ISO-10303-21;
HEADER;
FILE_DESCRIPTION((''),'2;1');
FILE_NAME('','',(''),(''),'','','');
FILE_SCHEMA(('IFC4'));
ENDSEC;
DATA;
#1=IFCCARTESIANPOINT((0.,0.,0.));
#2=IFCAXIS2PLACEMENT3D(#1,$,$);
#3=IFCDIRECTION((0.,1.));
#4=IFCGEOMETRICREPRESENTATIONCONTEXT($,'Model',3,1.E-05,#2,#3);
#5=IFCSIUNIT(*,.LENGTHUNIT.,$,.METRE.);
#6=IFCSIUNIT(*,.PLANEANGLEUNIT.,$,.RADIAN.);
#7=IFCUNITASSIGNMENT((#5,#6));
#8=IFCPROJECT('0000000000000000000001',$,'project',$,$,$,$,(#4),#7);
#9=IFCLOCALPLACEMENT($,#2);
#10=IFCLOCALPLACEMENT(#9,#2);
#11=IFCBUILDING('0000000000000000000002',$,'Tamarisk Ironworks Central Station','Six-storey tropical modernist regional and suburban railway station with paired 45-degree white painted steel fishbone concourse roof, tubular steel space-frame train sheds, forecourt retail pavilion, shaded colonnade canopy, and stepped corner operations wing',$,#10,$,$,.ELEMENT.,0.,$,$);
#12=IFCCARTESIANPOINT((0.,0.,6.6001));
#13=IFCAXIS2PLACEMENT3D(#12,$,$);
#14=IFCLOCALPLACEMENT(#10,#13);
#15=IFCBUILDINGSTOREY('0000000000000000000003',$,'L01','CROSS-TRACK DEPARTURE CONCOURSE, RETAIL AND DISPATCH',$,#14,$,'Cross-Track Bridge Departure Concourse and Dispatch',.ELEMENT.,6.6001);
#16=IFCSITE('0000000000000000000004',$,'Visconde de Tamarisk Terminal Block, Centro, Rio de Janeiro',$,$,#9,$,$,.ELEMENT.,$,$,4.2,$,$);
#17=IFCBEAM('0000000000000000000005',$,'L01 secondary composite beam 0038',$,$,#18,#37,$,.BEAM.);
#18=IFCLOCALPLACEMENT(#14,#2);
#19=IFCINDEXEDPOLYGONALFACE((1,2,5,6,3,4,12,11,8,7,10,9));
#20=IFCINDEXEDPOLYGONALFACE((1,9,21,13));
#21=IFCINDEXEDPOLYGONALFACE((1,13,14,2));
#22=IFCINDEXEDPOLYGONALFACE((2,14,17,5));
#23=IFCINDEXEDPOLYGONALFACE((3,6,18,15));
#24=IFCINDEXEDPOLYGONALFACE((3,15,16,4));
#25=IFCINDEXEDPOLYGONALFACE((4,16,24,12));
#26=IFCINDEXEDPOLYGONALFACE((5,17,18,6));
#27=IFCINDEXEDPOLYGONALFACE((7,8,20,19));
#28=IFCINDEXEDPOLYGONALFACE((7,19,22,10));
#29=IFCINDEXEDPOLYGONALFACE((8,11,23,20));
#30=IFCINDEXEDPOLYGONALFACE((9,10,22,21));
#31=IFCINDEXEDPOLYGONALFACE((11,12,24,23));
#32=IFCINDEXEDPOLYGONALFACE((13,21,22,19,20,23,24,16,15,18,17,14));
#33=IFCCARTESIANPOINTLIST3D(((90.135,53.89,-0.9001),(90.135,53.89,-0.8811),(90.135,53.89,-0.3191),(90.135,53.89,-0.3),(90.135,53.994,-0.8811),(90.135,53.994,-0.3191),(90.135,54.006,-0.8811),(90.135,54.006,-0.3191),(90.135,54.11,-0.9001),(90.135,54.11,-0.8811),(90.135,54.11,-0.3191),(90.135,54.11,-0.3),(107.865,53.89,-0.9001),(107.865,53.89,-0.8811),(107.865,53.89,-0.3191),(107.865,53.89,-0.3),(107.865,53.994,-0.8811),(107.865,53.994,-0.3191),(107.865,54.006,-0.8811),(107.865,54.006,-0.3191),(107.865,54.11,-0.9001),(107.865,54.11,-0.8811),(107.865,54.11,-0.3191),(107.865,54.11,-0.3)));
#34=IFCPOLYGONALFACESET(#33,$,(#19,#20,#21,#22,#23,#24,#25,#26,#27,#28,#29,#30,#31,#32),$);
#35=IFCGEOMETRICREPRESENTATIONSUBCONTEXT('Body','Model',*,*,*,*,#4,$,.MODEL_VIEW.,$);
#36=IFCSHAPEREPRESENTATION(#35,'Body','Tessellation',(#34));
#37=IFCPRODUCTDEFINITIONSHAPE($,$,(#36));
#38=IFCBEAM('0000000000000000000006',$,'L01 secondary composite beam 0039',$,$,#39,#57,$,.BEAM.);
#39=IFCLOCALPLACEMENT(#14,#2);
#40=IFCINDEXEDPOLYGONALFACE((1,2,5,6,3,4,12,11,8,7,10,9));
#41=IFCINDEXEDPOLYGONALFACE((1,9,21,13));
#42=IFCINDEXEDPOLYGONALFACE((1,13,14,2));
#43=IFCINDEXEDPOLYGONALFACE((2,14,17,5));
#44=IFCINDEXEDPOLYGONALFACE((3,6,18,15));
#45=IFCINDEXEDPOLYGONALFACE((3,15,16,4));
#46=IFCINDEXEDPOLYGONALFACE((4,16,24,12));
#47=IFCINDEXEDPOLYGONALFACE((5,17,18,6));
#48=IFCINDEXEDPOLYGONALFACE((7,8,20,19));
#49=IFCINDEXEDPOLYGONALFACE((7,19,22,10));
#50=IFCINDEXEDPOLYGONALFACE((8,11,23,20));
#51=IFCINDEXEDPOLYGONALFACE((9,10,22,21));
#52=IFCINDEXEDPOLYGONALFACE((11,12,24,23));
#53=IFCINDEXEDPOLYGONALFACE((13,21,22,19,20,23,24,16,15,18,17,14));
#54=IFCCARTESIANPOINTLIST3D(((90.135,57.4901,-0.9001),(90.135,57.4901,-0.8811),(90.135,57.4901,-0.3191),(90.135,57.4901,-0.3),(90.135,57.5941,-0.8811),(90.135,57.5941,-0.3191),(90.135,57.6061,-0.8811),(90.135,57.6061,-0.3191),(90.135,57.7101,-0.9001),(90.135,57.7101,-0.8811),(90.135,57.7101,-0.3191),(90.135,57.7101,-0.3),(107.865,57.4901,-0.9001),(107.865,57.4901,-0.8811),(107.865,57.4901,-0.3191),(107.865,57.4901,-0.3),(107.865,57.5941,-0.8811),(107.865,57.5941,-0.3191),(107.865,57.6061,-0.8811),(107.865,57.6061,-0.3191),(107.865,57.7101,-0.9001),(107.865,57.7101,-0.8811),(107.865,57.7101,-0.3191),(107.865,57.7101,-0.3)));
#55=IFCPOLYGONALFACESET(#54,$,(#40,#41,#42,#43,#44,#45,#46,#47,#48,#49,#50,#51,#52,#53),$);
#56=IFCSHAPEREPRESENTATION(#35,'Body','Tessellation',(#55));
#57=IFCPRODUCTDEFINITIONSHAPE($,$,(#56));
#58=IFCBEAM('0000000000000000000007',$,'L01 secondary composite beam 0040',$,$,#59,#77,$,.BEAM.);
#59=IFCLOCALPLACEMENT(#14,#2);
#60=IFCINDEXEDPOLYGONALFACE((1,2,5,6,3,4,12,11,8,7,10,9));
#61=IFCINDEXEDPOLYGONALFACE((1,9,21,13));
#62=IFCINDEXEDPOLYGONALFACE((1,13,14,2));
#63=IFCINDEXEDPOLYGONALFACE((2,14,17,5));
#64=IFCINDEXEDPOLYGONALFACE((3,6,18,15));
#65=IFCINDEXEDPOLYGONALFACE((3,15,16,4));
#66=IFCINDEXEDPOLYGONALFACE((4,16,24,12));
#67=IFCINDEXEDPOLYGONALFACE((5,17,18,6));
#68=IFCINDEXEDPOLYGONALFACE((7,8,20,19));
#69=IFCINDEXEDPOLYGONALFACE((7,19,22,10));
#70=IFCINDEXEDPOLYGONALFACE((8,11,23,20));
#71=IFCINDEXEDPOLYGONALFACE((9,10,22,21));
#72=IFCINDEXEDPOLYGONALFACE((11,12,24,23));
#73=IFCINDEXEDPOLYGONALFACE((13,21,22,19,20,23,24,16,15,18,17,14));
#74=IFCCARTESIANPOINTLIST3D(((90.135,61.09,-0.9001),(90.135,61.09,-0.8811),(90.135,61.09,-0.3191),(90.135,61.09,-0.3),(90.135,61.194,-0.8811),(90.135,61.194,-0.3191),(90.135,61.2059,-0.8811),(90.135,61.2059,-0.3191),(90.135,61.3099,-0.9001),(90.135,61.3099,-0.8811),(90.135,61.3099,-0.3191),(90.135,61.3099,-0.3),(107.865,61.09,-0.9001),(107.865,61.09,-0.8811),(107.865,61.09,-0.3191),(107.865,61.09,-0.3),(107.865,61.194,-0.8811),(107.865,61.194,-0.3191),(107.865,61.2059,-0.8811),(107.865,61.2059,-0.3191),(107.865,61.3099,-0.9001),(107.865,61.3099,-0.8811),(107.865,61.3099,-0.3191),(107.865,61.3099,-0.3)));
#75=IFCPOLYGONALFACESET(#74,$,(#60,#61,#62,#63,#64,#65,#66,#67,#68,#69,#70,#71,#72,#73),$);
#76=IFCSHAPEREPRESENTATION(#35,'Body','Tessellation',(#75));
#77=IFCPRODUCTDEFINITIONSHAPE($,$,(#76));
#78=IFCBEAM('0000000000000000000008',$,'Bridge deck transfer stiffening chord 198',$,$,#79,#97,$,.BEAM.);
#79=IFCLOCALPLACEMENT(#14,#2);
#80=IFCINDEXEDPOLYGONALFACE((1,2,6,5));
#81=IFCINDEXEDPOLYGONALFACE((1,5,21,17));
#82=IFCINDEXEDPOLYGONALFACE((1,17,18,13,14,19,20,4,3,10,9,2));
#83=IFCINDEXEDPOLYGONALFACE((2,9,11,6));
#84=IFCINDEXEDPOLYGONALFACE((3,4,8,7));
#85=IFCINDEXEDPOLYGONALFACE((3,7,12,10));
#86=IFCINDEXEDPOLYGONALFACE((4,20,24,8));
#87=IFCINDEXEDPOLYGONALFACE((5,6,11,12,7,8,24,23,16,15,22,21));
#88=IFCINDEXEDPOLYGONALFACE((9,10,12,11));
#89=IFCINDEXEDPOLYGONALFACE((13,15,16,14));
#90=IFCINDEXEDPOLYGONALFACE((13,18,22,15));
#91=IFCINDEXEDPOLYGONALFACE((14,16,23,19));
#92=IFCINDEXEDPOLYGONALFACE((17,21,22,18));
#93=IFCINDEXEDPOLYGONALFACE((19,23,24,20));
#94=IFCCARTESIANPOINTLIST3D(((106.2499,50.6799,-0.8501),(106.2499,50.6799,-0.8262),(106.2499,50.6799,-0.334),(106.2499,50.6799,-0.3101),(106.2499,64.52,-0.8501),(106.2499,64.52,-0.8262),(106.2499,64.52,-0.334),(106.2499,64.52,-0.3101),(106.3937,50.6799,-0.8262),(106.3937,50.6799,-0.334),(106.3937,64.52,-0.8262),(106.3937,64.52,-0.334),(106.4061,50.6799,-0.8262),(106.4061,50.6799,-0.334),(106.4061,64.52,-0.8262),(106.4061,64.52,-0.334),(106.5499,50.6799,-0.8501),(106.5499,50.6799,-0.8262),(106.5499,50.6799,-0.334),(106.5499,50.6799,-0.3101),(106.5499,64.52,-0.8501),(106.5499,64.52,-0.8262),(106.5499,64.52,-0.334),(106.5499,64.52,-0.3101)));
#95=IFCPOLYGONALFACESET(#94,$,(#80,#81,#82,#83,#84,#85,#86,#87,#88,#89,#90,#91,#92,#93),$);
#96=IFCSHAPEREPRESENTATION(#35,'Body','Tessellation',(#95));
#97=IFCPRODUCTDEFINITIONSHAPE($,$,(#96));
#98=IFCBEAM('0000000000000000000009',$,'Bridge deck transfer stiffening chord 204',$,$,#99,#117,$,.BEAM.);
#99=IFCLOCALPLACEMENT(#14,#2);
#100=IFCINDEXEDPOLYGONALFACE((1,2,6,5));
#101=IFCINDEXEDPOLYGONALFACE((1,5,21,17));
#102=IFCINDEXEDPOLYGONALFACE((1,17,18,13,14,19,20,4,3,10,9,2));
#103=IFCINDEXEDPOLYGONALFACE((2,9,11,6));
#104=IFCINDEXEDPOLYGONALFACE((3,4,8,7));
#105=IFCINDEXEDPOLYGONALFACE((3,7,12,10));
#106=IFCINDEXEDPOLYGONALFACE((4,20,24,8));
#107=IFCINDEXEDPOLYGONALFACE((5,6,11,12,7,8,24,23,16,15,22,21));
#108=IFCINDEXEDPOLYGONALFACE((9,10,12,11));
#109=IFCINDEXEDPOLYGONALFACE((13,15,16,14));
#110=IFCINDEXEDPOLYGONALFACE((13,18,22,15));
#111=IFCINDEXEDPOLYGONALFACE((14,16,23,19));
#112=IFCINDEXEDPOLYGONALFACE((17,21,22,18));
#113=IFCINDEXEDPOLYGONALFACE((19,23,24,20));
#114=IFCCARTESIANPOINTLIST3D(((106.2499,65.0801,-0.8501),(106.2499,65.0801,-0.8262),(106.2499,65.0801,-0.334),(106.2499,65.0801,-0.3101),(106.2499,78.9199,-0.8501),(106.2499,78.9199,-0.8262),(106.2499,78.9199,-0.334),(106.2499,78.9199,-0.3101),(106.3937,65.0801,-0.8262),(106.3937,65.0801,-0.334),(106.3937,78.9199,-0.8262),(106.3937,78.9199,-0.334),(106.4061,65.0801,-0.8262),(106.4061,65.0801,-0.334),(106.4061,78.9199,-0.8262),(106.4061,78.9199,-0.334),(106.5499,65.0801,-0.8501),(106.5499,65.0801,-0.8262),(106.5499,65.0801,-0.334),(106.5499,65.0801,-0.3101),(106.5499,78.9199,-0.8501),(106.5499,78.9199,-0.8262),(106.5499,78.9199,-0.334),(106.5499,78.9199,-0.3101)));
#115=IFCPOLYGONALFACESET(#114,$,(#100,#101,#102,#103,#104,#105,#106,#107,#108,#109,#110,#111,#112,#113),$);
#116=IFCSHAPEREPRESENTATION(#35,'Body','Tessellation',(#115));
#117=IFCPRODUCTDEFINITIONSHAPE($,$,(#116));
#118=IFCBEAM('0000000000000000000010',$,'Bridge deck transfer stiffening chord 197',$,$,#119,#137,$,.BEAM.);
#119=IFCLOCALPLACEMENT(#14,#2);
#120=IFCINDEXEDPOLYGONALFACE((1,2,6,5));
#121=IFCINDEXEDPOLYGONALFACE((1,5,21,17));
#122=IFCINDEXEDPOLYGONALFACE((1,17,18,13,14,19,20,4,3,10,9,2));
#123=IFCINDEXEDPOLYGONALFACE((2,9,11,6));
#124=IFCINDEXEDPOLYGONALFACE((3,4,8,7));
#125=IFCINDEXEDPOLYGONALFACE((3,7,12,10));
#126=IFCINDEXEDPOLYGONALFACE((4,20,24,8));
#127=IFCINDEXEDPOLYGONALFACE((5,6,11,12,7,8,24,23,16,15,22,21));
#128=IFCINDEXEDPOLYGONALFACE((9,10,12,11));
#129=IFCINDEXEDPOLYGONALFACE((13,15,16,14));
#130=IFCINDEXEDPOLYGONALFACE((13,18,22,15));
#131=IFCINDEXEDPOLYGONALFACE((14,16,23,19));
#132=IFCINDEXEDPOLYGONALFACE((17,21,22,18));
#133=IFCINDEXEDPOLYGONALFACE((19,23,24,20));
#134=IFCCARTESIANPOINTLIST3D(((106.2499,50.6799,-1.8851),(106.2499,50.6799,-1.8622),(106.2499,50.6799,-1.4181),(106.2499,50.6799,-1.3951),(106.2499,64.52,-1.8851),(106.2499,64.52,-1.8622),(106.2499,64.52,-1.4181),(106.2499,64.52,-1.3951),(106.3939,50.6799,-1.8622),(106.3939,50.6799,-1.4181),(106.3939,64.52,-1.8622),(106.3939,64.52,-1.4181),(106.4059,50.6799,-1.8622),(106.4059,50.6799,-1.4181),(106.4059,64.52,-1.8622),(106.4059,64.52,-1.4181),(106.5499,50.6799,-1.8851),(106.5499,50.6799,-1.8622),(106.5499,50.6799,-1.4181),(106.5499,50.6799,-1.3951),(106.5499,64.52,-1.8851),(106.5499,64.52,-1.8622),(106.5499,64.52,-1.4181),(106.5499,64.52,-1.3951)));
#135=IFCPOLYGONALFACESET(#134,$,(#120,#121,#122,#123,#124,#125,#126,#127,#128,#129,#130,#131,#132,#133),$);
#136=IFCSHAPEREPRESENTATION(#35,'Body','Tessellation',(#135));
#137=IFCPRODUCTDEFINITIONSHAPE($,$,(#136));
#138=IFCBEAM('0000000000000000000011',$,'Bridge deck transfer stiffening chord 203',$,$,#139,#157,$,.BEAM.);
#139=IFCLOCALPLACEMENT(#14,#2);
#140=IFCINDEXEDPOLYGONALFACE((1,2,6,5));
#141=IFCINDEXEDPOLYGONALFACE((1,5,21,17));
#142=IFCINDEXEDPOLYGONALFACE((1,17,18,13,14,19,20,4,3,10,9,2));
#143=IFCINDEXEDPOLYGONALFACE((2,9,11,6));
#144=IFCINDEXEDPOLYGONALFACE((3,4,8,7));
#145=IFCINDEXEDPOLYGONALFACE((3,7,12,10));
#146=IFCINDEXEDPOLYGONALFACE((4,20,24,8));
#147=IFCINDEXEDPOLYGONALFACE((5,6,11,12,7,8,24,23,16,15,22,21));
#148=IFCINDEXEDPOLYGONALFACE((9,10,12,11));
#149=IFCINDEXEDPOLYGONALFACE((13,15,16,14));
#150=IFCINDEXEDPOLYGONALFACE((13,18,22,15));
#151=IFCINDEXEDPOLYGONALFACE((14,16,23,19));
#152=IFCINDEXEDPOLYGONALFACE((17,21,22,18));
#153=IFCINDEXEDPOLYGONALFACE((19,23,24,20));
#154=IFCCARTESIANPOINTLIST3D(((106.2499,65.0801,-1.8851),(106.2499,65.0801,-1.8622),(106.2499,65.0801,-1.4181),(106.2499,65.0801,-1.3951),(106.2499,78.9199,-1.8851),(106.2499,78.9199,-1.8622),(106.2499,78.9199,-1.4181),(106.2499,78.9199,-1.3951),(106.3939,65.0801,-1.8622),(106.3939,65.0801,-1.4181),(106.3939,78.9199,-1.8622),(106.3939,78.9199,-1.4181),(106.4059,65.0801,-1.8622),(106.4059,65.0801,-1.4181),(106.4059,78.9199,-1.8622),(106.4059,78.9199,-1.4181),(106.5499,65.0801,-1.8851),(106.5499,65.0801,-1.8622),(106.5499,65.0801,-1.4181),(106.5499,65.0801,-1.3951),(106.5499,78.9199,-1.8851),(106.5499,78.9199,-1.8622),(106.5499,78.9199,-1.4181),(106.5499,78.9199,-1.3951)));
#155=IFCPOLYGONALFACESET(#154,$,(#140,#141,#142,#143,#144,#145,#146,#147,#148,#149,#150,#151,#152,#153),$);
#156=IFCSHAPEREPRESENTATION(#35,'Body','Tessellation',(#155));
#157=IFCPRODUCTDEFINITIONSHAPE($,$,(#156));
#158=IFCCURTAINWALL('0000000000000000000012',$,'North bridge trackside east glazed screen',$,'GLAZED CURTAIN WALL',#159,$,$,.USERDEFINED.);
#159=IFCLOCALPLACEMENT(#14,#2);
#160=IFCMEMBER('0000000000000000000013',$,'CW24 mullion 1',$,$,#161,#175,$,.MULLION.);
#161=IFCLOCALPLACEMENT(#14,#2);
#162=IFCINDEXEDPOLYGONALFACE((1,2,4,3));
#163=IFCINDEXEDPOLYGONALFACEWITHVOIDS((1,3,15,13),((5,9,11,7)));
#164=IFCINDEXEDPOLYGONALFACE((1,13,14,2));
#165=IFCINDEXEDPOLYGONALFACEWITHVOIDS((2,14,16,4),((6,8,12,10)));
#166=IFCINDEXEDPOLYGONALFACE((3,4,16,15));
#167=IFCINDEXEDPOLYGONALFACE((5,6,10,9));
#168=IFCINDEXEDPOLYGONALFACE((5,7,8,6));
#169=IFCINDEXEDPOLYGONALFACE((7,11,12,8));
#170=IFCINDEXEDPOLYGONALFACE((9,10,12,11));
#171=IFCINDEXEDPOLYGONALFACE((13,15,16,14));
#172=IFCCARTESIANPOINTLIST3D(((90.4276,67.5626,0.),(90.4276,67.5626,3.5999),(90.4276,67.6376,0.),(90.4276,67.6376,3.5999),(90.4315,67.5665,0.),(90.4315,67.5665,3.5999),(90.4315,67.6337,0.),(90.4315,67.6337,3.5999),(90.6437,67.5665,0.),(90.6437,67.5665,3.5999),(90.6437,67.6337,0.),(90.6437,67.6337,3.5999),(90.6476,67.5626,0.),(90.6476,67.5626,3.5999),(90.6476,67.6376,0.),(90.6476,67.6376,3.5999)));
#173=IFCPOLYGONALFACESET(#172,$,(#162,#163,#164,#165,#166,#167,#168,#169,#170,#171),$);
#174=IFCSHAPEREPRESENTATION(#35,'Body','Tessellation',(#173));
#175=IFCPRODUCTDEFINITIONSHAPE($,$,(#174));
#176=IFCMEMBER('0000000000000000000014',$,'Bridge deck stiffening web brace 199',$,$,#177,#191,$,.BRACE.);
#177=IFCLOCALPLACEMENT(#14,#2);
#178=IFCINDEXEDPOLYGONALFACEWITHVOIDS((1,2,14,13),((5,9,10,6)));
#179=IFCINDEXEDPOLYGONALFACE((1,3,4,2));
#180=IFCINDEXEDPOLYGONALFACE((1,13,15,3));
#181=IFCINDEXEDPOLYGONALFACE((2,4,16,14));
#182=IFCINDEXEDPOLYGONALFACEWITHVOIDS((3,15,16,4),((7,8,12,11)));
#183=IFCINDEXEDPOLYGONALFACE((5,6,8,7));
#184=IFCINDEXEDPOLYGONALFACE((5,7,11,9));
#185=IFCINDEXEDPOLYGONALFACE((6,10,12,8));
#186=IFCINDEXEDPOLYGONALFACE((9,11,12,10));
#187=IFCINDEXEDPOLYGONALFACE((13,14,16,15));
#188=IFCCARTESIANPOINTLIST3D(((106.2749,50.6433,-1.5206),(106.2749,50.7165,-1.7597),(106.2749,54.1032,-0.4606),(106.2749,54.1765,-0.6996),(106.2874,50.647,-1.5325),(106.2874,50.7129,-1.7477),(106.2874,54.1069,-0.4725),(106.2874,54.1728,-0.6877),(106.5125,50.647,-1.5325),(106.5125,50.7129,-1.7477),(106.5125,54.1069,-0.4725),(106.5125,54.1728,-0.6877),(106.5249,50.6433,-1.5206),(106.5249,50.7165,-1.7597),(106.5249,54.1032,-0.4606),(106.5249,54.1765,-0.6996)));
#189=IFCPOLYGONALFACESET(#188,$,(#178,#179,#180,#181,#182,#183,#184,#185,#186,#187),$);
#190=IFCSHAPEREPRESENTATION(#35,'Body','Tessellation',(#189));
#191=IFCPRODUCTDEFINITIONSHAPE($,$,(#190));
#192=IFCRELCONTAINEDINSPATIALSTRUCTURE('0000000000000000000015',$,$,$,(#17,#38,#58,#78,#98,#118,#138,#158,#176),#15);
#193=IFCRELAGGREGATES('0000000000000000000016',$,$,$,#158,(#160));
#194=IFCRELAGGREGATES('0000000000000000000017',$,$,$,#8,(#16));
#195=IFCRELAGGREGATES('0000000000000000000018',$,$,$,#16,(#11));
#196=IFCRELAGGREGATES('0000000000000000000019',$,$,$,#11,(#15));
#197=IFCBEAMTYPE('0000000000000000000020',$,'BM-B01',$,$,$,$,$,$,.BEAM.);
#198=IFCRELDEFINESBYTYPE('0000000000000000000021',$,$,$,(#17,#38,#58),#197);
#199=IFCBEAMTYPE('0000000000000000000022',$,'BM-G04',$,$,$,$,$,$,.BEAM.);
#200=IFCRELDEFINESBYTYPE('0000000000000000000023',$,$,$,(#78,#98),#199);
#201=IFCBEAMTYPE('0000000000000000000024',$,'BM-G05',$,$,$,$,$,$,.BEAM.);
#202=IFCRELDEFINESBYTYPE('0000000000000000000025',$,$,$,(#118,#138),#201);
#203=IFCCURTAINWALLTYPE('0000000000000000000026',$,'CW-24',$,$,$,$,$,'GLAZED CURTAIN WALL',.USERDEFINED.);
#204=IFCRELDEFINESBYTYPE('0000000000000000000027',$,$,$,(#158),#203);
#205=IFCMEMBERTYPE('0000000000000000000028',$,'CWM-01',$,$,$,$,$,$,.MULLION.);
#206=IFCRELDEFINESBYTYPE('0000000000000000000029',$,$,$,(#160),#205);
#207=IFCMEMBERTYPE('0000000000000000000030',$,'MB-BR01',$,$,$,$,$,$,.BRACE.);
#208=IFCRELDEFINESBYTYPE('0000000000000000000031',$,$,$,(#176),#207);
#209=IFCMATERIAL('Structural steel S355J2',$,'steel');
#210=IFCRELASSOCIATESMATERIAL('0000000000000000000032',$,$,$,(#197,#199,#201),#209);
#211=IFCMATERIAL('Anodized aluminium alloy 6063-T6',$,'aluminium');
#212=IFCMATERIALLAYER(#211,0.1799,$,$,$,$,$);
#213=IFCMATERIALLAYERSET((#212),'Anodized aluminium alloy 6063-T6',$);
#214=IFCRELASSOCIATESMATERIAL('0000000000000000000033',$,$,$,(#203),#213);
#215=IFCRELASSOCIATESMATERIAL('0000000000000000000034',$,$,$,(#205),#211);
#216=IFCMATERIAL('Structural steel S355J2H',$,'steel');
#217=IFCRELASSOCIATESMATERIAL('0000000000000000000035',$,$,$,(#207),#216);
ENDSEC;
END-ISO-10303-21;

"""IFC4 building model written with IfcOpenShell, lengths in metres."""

from ifc_helpers import new_model, si_unit, direction, frame, origin, origin_2d, place, context, subcontext, project, spatial, hollow_rectangle, i_section, extrude, material, layer, layer_set, material_profile, profile_set, type_object, element, aggregate, save


model = new_model("IFC4")

# Units and contexts
model_context = context("Model", 3, precision=1e-05, world=origin(), true_north=direction((0.0, 1.0)))
body_context = subcontext(model_context, "Body", "Model", "MODEL_VIEW")
ifc_project = project(units=[si_unit("LENGTHUNIT", "METRE"), si_unit("PLANEANGLEUNIT", "RADIAN")], contexts=[model_context])

# Site, building, storey
site_placement = place(None, origin())
site = spatial("IfcSite", under=ifc_project, at=site_placement, Name="Visconde de Tamarisk Terminal Block, Centro, Rio de Janeiro", CompositionType="ELEMENT", RefElevation=4.2)
building_placement = place(site_placement, origin())
building = spatial("IfcBuilding", under=site, at=building_placement, Name="Tamarisk Ironworks Central Station", Description="Six-storey tropical modernist regional and suburban railway station with paired 45-degree white painted steel fishbone concourse roof, tubular steel space-frame train sheds, forecourt retail pavilion, shaded colonnade canopy, and stepped corner operations wing", CompositionType="ELEMENT", ElevationOfRefHeight=0.0)
storey_placement = place(building_placement, frame((0.0, 0.0, 6.6001)))
storey = spatial("IfcBuildingStorey", under=building, at=storey_placement, Name="L01", Description="CROSS-TRACK DEPARTURE CONCOURSE, RETAIL AND DISPATCH", LongName="Cross-Track Bridge Departure Concourse and Dispatch", CompositionType="ELEMENT", Elevation=6.6001)

# Beams
ifc_material_1 = material(Name="Structural steel S355J2", Category="steel")
ifc_material_profile_1 = material_profile(ifc_material_1, i_section(OverallWidth=0.22, OverallDepth=0.6001, WebThickness=0.012, FlangeThickness=0.019, at=origin_2d()), Name="IPE 600")
ifc_profile_set_1 = profile_set([ifc_material_profile_1], Name="Structural steel S355J2")
beam_type_1 = type_object("IfcBeamType", Name="BM-B01", PredefinedType="BEAM", material=ifc_profile_set_1)
for number, where, z_axis, x_axis, name in (
    (1, (90.135, 54.0, -0.6001), (1.0, 0.0, 0.0), (0.0, 1.0, 0.0), "L01 secondary composite beam 0038"),
    (2, (90.135, 57.6001, -0.6001), (1.0, 0.0, 0.0), (0.0, 1.0, 0.0), "L01 secondary composite beam 0039"),
    (3, (90.135, 61.2, -0.6001), (1.0, 0.0, 0.0), (0.0, 1.0, 0.0), "L01 secondary composite beam 0040"),
):
    element("IfcBeam", number, at=place(storey_placement, frame(where, z_axis=z_axis, x_axis=x_axis)), inside=storey, type_object=beam_type_1, Name=name, PredefinedType="BEAM", context=body_context, shape_type="SweptSolid", body=[
        extrude(i_section(OverallWidth=0.22, OverallDepth=0.6001, WebThickness=0.012, FlangeThickness=0.019, at=origin_2d()), origin(), (0.0, 0.0, 1.0), 17.73),
    ])
ifc_material_profile_2 = material_profile(ifc_material_1, i_section(OverallWidth=0.3, OverallDepth=0.54, WebThickness=0.0125, FlangeThickness=0.0239, at=origin_2d()), Name="HEA 550")
ifc_profile_set_2 = profile_set([ifc_material_profile_2], Name="Structural steel S355J2")
beam_type_2 = type_object("IfcBeamType", Name="BM-G04", PredefinedType="BEAM", material=ifc_profile_set_2)
beam_1_placement = place(storey_placement, frame((106.3999, 50.6799, -0.5801), z_axis=(0.0, 1.0, 0.0), x_axis=(-1.0, 0.0, 0.0)))
element("IfcBeam", 4, at=beam_1_placement, inside=storey, type_object=beam_type_2, Name="Bridge deck transfer stiffening chord 198", PredefinedType="BEAM", context=body_context, shape_type="SweptSolid", body=[
    extrude(i_section(OverallWidth=0.3, OverallDepth=0.54, WebThickness=0.0125, FlangeThickness=0.0239, at=origin_2d()), origin(), (0.0, 0.0, 1.0), 13.8401),
])
beam_2_placement = place(storey_placement, frame((106.3999, 65.0801, -0.5801), z_axis=(0.0, 1.0, 0.0), x_axis=(-1.0, 0.0, 0.0)))
element("IfcBeam", 5, at=beam_2_placement, inside=storey, type_object=beam_type_2, Name="Bridge deck transfer stiffening chord 204", PredefinedType="BEAM", context=body_context, shape_type="SweptSolid", body=[
    extrude(i_section(OverallWidth=0.3, OverallDepth=0.54, WebThickness=0.0125, FlangeThickness=0.0239, at=origin_2d()), origin(), (0.0, 0.0, 1.0), 13.8398),
])
ifc_material_profile_3 = material_profile(ifc_material_1, i_section(OverallWidth=0.3, OverallDepth=0.49, WebThickness=0.012, FlangeThickness=0.0229, at=origin_2d()), Name="HEA 500")
ifc_profile_set_3 = profile_set([ifc_material_profile_3], Name="Structural steel S355J2")
beam_type_3 = type_object("IfcBeamType", Name="BM-G05", PredefinedType="BEAM", material=ifc_profile_set_3)
beam_3_placement = place(storey_placement, frame((106.3999, 50.6799, -1.6401), z_axis=(0.0, 1.0, 0.0), x_axis=(-1.0, 0.0, 0.0)))
element("IfcBeam", 6, at=beam_3_placement, inside=storey, type_object=beam_type_3, Name="Bridge deck transfer stiffening chord 197", PredefinedType="BEAM", context=body_context, shape_type="SweptSolid", body=[
    extrude(i_section(OverallWidth=0.3, OverallDepth=0.49, WebThickness=0.012, FlangeThickness=0.0229, at=origin_2d()), origin(), (0.0, 0.0, 1.0), 13.8401),
])
beam_4_placement = place(storey_placement, frame((106.3999, 65.0801, -1.6401), z_axis=(0.0, 1.0, 0.0), x_axis=(-1.0, 0.0, 0.0)))
element("IfcBeam", 7, at=beam_4_placement, inside=storey, type_object=beam_type_3, Name="Bridge deck transfer stiffening chord 203", PredefinedType="BEAM", context=body_context, shape_type="SweptSolid", body=[
    extrude(i_section(OverallWidth=0.3, OverallDepth=0.49, WebThickness=0.012, FlangeThickness=0.0229, at=origin_2d()), origin(), (0.0, 0.0, 1.0), 13.8398),
])

# Curtain wall, member
ifc_material_2 = material(Name="Anodized aluminium alloy 6063-T6", Category="aluminium")
ifc_layer_1 = layer(ifc_material_2, 0.1799)
ifc_layer_set_1 = layer_set([ifc_layer_1], Name="Anodized aluminium alloy 6063-T6")
curtain_wall_type = type_object("IfcCurtainWallType", Name="CW-24", ElementType="GLAZED CURTAIN WALL", PredefinedType="USERDEFINED", material=ifc_layer_set_1)
curtain_wall_placement = place(storey_placement, origin())
curtain_wall = element("IfcCurtainWall", 8, at=curtain_wall_placement, inside=storey, type_object=curtain_wall_type, Name="North bridge trackside east glazed screen", ObjectType="GLAZED CURTAIN WALL", PredefinedType="USERDEFINED")
ifc_material_profile_4 = material_profile(ifc_material_2, hollow_rectangle(XDim=0.075, YDim=0.22, WallThickness=0.0039, at=origin_2d()), Name="ALUM 220x75")
ifc_profile_set_4 = profile_set([ifc_material_profile_4], Name="Anodized aluminium alloy 6063-T6")
member_type_1 = type_object("IfcMemberType", Name="CWM-01", PredefinedType="MULLION", material=ifc_profile_set_4)
member_1_placement = place(storey_placement, frame((90.5376, 67.6001, 0.0), z_axis=(0.0, 0.0, 1.0), x_axis=(0.0, 1.0, 0.0)))
member_1 = element("IfcMember", 9, at=member_1_placement, type_object=member_type_1, Name="CW24 mullion 1", PredefinedType="MULLION", context=body_context, shape_type="SweptSolid", body=[
    extrude(hollow_rectangle(XDim=0.075, YDim=0.22, WallThickness=0.0039, at=origin_2d()), origin(), (0.0, 0.0, 1.0), 3.5999),
])
aggregate(curtain_wall, [member_1])

# Member
ifc_material_3 = material(Name="Structural steel S355J2H", Category="steel")
ifc_material_profile_5 = material_profile(ifc_material_3, hollow_rectangle(XDim=0.25, YDim=0.25, WallThickness=0.0125, at=origin_2d()), Name="SHS 250x250x12.5")
ifc_profile_set_5 = profile_set([ifc_material_profile_5], Name="Structural steel S355J2H")
member_type_2 = type_object("IfcMemberType", Name="MB-BR01", PredefinedType="BRACE", material=ifc_profile_set_5)
for number, where, z_axis, x_axis, name in (
    (10, (106.3999, 50.6799, -1.6401), (0.0, 0.956131, 0.292938), (-1.0, 0.0, 0.0), "Bridge deck stiffening web brace 199"),
):
    element("IfcMember", number, at=place(storey_placement, frame(where, z_axis=z_axis, x_axis=x_axis)), inside=storey, type_object=member_type_2, Name=name, PredefinedType="BRACE", context=body_context, shape_type="SweptSolid", body=[
        extrude(hollow_rectangle(XDim=0.25, YDim=0.25, WallThickness=0.0125, at=origin_2d()), origin(), (0.0, 0.0, 1.0), 3.6187),
    ])

save(model, "model.ifc")
